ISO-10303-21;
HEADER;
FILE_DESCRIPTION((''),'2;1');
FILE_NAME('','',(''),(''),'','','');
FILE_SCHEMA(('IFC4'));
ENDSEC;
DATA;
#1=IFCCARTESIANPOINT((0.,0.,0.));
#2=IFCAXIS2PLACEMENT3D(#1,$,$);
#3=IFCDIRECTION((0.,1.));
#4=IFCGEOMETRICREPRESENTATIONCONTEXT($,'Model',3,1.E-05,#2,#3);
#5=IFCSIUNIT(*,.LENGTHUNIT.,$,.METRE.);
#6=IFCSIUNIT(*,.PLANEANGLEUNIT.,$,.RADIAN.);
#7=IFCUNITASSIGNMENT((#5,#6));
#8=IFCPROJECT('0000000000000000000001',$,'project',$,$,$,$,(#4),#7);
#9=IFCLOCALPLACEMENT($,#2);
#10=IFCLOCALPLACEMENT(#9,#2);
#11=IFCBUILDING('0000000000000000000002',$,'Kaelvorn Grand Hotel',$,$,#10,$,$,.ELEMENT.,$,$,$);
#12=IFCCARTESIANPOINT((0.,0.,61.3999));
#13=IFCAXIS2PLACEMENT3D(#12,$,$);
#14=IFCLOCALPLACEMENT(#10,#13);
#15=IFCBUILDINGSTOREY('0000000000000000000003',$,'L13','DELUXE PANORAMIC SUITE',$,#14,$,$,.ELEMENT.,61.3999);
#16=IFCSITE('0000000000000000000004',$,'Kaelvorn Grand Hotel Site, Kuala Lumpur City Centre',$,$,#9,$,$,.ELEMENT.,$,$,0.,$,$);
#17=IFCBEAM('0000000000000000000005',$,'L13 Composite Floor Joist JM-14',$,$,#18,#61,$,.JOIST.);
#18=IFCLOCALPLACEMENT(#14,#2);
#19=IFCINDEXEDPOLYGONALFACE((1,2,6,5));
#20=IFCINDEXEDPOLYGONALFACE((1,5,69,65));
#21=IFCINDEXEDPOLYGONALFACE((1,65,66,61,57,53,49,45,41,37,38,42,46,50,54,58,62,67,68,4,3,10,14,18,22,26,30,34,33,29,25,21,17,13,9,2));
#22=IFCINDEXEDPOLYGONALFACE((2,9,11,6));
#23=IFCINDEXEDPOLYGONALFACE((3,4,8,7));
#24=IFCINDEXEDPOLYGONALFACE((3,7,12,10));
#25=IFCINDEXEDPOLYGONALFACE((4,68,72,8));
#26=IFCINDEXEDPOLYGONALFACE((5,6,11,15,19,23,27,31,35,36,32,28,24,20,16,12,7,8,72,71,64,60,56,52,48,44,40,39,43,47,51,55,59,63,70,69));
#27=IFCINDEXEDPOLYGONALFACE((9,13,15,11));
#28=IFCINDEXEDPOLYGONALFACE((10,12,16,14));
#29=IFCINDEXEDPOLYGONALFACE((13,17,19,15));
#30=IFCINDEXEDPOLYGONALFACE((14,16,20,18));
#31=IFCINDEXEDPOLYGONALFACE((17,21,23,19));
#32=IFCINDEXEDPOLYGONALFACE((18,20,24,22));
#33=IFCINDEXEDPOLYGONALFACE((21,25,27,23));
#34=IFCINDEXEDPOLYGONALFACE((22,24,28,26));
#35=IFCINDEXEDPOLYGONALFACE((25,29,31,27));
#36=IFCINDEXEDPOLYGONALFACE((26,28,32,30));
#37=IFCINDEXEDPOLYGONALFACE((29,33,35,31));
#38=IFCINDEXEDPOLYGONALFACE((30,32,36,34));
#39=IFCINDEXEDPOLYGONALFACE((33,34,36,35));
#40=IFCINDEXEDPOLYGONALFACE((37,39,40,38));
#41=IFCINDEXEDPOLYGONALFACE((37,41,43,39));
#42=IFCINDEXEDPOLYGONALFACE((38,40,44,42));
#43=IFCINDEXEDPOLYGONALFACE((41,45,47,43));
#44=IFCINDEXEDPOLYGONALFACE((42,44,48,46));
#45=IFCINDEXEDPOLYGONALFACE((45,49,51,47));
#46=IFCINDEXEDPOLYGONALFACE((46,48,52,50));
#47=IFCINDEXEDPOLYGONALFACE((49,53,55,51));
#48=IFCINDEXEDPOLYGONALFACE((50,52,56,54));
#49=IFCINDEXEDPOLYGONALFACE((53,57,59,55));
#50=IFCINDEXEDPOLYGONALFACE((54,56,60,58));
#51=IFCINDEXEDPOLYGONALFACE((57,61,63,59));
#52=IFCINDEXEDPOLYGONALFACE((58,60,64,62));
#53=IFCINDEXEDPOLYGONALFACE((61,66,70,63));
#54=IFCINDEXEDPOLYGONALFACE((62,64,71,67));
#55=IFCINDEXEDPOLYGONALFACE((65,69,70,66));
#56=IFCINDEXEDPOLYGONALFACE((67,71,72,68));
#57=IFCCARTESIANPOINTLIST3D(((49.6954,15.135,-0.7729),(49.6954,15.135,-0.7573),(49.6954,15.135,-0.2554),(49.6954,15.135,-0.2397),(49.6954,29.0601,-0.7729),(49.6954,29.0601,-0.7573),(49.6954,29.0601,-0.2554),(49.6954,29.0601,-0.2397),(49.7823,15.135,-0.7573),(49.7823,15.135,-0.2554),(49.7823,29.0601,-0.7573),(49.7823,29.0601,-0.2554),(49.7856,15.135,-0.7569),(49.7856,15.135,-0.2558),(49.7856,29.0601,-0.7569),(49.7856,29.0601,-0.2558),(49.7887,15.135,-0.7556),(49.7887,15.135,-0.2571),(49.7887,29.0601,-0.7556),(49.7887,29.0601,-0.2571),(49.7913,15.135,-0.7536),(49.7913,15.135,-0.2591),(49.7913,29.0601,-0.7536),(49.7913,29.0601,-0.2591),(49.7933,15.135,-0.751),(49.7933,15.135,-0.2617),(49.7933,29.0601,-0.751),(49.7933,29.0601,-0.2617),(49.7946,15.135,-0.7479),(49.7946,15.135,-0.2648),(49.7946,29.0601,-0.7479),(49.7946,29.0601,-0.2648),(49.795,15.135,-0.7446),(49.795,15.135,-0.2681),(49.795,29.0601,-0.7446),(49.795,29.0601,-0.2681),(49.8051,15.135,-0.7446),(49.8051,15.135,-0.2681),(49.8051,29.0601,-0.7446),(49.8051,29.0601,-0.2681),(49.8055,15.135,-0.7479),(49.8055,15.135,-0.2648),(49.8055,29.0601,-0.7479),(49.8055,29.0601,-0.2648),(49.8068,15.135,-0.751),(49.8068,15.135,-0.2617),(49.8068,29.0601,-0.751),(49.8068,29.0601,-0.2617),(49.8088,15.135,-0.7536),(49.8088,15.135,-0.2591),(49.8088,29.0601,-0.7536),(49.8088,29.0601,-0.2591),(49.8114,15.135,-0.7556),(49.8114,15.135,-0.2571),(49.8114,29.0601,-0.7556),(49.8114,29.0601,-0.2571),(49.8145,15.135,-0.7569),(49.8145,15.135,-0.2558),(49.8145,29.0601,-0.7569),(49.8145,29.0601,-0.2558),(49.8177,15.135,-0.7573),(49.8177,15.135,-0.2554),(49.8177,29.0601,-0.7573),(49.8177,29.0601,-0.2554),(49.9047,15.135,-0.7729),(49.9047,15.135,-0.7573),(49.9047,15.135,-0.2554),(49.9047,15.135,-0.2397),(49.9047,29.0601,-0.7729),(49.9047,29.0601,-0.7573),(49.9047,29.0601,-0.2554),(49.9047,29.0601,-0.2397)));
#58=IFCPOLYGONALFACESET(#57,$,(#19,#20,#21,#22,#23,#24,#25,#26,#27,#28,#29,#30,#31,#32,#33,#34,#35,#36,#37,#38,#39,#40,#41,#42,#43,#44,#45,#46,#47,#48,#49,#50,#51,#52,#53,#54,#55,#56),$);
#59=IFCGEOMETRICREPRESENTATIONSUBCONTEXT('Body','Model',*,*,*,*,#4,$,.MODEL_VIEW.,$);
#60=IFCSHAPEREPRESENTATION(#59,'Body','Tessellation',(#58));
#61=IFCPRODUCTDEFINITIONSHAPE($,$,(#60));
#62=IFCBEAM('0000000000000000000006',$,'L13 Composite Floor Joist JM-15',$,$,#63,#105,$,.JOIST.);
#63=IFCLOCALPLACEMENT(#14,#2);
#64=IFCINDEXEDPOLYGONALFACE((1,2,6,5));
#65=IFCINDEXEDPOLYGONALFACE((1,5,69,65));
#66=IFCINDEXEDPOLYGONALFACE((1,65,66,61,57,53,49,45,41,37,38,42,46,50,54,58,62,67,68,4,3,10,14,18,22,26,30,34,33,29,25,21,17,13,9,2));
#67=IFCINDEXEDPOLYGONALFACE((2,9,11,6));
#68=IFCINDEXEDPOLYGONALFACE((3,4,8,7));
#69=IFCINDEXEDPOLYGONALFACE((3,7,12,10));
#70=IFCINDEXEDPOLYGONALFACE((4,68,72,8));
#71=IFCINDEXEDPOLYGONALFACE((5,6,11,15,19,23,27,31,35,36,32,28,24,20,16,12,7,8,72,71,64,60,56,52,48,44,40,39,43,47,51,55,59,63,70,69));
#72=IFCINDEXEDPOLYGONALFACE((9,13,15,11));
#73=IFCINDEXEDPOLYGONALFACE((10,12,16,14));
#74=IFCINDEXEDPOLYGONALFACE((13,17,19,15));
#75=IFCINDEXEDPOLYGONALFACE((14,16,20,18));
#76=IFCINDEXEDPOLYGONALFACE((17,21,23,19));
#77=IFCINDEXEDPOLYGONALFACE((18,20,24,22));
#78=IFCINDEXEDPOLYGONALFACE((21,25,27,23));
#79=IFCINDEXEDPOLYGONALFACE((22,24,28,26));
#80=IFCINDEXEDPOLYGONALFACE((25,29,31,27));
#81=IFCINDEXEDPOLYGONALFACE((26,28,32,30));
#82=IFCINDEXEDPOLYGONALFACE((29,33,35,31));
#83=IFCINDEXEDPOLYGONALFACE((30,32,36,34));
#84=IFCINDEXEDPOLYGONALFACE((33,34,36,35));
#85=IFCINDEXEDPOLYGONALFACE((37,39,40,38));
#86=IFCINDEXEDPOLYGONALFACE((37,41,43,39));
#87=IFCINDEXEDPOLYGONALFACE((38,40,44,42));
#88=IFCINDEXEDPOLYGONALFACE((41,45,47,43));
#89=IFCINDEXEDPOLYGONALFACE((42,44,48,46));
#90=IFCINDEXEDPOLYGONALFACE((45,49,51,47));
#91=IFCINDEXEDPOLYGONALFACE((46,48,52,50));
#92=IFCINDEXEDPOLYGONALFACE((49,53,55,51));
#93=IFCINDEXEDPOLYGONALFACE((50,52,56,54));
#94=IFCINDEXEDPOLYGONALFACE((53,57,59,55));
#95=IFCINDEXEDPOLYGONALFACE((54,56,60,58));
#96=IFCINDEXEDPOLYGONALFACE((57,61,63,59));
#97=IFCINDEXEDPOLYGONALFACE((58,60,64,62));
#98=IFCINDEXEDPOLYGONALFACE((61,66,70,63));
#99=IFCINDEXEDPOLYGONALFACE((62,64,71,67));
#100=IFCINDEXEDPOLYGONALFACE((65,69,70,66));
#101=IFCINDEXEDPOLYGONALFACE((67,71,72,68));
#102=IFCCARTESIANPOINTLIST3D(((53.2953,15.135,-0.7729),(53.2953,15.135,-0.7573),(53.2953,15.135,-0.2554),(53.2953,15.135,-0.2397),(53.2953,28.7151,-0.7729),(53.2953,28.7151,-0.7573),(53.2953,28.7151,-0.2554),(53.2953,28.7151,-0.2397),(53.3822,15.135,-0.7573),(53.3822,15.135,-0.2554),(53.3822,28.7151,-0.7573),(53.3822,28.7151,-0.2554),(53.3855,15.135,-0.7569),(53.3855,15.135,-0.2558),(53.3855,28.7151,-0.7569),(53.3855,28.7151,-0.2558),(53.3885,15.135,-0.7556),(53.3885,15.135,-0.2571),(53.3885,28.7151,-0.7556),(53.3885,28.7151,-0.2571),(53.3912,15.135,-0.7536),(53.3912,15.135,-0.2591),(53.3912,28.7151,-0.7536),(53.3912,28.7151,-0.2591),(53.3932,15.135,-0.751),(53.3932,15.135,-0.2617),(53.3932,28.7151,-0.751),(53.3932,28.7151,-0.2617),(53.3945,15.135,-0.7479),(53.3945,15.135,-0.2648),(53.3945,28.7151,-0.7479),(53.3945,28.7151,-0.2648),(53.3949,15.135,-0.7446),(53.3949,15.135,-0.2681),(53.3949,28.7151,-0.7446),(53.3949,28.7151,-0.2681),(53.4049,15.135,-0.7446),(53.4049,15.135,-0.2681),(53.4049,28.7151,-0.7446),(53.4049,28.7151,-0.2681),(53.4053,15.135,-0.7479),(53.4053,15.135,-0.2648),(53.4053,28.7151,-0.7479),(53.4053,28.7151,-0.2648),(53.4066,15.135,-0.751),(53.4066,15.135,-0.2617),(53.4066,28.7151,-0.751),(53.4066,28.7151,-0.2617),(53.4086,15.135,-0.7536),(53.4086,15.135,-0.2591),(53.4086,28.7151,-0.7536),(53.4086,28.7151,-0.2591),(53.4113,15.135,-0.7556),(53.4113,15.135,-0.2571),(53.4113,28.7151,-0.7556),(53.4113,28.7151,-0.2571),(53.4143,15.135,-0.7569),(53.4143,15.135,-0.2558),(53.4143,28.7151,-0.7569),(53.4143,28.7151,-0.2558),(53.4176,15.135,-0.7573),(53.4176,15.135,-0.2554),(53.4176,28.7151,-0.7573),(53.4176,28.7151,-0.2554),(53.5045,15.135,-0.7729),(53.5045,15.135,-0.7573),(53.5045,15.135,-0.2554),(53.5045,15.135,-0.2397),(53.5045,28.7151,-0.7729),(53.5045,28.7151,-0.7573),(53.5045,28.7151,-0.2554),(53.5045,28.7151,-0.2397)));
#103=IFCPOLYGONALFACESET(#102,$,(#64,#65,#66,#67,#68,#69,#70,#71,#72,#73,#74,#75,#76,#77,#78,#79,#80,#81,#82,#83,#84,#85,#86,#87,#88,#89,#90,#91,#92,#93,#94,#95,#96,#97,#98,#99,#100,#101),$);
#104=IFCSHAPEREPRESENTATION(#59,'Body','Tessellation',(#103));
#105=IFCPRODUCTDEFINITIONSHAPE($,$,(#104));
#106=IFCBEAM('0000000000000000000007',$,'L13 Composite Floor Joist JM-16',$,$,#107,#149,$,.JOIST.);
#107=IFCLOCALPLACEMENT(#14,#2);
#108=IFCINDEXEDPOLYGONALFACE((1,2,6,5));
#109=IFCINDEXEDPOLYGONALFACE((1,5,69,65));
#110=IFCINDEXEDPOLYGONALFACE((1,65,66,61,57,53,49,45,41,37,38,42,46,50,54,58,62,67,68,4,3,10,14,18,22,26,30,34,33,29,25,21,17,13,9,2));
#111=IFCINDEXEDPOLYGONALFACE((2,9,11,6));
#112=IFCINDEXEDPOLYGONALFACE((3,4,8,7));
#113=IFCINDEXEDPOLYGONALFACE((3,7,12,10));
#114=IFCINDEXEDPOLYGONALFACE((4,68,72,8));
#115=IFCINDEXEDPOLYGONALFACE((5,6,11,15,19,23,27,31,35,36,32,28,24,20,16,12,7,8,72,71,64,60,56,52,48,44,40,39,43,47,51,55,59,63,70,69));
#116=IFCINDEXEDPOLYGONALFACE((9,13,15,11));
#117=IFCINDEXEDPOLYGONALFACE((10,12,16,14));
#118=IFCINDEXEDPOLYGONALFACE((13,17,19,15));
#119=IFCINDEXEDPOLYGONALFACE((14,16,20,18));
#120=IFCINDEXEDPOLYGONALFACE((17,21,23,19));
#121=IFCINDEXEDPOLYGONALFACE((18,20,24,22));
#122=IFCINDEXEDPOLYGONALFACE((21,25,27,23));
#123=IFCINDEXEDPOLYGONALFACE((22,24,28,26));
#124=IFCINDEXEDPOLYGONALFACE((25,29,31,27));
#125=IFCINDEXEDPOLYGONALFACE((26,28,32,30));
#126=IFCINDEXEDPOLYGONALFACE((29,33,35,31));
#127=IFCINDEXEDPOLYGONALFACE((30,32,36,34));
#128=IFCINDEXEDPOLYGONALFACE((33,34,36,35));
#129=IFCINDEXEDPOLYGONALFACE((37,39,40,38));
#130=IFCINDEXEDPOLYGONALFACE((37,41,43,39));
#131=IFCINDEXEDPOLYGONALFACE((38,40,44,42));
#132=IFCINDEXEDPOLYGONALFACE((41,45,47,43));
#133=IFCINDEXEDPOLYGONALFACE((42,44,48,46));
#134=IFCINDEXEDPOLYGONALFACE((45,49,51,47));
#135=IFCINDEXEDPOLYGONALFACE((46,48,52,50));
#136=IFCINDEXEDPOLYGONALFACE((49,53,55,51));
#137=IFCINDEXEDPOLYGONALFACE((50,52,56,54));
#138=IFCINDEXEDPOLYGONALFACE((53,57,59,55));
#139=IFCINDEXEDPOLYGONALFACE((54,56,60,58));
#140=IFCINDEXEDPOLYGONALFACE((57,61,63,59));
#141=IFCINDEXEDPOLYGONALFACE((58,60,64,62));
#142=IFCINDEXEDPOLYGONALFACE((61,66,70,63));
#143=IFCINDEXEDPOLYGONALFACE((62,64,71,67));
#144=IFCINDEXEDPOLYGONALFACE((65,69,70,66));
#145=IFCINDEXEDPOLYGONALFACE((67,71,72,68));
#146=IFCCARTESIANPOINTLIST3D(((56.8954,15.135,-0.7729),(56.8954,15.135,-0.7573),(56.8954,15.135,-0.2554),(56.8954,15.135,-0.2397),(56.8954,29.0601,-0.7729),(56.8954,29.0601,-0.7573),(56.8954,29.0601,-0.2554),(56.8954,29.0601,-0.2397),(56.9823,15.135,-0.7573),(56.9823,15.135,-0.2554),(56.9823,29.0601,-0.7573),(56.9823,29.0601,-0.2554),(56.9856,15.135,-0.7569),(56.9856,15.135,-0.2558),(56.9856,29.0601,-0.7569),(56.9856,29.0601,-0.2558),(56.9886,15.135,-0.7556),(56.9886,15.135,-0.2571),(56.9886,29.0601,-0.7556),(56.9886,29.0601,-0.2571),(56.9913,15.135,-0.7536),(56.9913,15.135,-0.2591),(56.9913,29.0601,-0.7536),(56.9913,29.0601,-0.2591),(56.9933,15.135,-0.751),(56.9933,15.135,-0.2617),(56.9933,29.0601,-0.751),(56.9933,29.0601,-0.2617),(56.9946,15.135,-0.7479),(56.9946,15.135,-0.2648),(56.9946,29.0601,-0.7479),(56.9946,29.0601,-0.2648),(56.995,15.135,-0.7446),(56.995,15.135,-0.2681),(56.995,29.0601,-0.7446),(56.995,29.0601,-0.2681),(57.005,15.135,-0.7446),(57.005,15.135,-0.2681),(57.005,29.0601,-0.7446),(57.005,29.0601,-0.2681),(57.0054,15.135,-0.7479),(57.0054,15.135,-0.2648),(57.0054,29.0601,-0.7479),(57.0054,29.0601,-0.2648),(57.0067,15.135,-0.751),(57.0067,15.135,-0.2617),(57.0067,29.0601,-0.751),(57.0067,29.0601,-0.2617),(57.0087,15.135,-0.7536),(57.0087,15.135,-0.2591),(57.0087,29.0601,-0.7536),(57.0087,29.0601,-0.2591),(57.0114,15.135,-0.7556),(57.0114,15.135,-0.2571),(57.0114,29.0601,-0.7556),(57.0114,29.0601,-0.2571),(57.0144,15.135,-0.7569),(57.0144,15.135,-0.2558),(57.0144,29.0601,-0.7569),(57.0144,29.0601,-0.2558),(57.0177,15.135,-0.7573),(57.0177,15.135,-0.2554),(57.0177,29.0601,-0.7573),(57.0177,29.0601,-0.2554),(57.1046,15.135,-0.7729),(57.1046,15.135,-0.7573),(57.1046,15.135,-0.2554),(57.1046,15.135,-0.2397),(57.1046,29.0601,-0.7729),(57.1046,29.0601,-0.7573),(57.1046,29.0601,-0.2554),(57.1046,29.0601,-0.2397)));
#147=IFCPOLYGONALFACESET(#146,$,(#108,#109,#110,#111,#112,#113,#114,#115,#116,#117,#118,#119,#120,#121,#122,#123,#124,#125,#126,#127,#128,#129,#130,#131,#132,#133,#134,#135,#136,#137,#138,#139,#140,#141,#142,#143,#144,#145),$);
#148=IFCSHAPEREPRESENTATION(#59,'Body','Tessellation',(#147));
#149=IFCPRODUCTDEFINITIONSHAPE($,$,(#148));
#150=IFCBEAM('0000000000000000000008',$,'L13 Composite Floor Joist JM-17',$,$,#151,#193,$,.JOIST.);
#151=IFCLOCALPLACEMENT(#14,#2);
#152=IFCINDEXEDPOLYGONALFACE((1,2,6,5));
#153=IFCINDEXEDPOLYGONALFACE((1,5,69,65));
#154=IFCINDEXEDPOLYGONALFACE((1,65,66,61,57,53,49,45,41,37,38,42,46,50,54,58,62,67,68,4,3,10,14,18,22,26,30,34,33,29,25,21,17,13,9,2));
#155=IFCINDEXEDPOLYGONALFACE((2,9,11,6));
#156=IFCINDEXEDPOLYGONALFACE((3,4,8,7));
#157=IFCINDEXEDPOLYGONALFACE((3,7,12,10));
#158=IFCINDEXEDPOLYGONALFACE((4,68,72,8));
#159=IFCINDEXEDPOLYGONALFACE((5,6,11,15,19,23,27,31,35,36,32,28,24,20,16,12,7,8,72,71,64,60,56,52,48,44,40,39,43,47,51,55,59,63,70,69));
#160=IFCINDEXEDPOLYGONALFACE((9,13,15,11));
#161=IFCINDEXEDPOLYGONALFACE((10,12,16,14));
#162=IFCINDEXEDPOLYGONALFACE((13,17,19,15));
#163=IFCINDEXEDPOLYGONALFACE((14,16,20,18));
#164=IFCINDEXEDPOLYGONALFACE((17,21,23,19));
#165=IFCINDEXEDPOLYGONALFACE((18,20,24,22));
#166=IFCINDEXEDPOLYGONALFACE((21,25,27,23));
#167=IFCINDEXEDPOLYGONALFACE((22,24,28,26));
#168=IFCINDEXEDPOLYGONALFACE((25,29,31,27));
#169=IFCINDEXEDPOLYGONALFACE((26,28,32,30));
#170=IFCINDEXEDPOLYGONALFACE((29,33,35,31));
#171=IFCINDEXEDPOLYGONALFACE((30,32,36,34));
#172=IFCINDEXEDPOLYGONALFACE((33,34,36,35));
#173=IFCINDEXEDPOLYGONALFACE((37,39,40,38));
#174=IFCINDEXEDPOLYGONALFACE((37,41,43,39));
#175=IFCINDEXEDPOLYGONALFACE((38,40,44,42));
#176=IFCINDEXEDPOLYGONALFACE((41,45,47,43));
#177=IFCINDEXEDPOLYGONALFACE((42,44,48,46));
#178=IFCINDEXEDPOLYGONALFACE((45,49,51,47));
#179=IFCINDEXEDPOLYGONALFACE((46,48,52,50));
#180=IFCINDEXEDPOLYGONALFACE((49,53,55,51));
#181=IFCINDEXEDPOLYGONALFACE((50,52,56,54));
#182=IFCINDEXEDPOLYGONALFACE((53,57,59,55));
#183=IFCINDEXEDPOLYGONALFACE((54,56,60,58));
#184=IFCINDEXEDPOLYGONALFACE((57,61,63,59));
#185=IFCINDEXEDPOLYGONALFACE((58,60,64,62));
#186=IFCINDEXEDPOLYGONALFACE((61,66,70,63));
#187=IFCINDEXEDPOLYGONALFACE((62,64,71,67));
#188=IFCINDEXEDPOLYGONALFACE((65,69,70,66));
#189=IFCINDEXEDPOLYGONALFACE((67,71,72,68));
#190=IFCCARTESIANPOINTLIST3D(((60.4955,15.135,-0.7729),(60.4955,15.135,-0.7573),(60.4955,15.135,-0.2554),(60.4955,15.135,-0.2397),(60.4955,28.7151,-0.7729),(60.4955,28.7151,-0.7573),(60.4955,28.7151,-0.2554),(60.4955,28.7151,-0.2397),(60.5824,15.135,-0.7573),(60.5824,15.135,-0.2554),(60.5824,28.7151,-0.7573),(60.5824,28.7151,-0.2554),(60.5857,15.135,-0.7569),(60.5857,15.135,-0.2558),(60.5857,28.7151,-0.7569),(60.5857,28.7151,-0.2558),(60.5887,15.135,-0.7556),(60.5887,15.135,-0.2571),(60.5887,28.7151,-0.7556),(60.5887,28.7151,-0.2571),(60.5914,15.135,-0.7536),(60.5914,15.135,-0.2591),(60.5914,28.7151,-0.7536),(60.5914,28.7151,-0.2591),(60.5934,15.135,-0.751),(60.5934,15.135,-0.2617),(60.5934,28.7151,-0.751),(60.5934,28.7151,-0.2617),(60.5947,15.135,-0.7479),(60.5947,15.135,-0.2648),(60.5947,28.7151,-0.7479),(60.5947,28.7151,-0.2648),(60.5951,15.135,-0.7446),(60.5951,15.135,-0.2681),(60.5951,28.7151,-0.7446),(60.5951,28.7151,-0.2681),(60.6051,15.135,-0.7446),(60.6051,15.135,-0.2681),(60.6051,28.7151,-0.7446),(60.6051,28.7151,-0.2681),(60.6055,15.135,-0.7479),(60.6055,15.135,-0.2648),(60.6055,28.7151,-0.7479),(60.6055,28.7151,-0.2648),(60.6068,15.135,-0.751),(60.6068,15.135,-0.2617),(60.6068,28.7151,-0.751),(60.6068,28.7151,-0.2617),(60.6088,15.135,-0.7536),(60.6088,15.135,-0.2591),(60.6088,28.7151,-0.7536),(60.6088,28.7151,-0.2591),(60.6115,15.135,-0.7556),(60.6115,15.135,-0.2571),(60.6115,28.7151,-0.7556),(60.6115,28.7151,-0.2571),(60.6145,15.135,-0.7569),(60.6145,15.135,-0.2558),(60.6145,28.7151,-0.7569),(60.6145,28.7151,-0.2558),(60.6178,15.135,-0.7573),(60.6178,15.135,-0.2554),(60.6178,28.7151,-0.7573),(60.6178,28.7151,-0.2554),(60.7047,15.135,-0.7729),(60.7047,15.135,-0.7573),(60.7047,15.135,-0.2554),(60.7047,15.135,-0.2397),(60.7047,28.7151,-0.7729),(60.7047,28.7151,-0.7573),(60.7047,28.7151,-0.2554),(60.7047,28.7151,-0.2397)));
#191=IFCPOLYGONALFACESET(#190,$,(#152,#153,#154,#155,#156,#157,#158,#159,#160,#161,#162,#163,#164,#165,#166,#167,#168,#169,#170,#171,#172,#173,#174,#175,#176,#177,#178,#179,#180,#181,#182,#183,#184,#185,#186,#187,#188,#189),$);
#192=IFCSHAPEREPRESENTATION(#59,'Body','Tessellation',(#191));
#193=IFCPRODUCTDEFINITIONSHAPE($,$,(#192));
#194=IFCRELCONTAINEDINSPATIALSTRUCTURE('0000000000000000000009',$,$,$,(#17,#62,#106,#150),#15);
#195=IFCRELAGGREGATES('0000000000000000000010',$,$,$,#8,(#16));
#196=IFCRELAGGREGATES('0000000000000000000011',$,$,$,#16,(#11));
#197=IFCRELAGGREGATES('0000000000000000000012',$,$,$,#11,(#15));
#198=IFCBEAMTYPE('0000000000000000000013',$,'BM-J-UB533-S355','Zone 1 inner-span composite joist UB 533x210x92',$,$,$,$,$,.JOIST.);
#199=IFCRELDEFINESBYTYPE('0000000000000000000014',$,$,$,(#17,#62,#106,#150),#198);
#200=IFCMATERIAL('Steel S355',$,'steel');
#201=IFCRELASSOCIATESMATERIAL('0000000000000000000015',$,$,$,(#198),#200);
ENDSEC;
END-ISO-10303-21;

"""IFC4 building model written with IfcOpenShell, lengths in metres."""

from ifc_helpers import new_model, si_unit, direction, frame, origin, origin_2d, place, context, subcontext, project, spatial, i_section, extrude, material, material_profile, profile_set, type_object, element, save


model = new_model("IFC4")

# Units and contexts
model_context = context("Model", 3, precision=1e-05, world=origin(), true_north=direction((0.0, 1.0)))
body_context = subcontext(model_context, "Body", "Model", "MODEL_VIEW")
ifc_project = project(units=[si_unit("LENGTHUNIT", "METRE"), si_unit("PLANEANGLEUNIT", "RADIAN")], contexts=[model_context])

# Site, building, storey
site_placement = place(None, origin())
site = spatial("IfcSite", under=ifc_project, at=site_placement, Name="Kaelvorn Grand Hotel Site, Kuala Lumpur City Centre", CompositionType="ELEMENT", RefElevation=0.0)
building_placement = place(site_placement, origin())
building = spatial("IfcBuilding", under=site, at=building_placement, Name="Kaelvorn Grand Hotel", CompositionType="ELEMENT")
storey_placement = place(building_placement, frame((0.0, 0.0, 61.3999)))
storey = spatial("IfcBuildingStorey", under=building, at=storey_placement, Name="L13", Description="DELUXE PANORAMIC SUITE", CompositionType="ELEMENT", Elevation=61.3999)

# Beams
ifc_material_1 = material(Name="Steel S355", Category="steel")
ifc_material_profile_1 = material_profile(ifc_material_1, i_section(OverallWidth=0.2092, OverallDepth=0.5332, WebThickness=0.01, FlangeThickness=0.0156, FilletRadius=0.0127, at=origin_2d()), Name="UB 533x210x92")
ifc_profile_set_1 = profile_set([ifc_material_profile_1], Name="Steel S355")
beam_type_1 = type_object("IfcBeamType", Name="BM-J-UB533-S355", Description="Zone 1 inner-span composite joist UB 533x210x92", PredefinedType="JOIST", material=ifc_profile_set_1)
beam_1_placement = place(storey_placement, frame((49.8, 15.135, -0.5063), z_axis=(0.0, 1.0, 0.0), x_axis=(-1.0, 0.0, 0.0)))
element("IfcBeam", 1, at=beam_1_placement, inside=storey, type_object=beam_type_1, Name="L13 Composite Floor Joist JM-14", PredefinedType="JOIST", context=body_context, shape_type="SweptSolid", body=[
    extrude(i_section(OverallWidth=0.2092, OverallDepth=0.5332, WebThickness=0.01, FlangeThickness=0.0156, FilletRadius=0.0127, at=origin_2d()), origin(), (0.0, 0.0, 1.0), 13.925),
])
beam_2_placement = place(storey_placement, frame((53.3999, 15.135, -0.5063), z_axis=(0.0, 1.0, 0.0), x_axis=(-1.0, 0.0, 0.0)))
element("IfcBeam", 2, at=beam_2_placement, inside=storey, type_object=beam_type_1, Name="L13 Composite Floor Joist JM-15", PredefinedType="JOIST", context=body_context, shape_type="SweptSolid", body=[
    extrude(i_section(OverallWidth=0.2092, OverallDepth=0.5332, WebThickness=0.01, FlangeThickness=0.0156, FilletRadius=0.0127, at=origin_2d()), origin(), (0.0, 0.0, 1.0), 13.5801),
])
beam_3_placement = place(storey_placement, frame((57.0, 15.135, -0.5063), z_axis=(0.0, 1.0, 0.0), x_axis=(-1.0, 0.0, 0.0)))
element("IfcBeam", 3, at=beam_3_placement, inside=storey, type_object=beam_type_1, Name="L13 Composite Floor Joist JM-16", PredefinedType="JOIST", context=body_context, shape_type="SweptSolid", body=[
    extrude(i_section(OverallWidth=0.2092, OverallDepth=0.5332, WebThickness=0.01, FlangeThickness=0.0156, FilletRadius=0.0127, at=origin_2d()), origin(), (0.0, 0.0, 1.0), 13.925),
])
beam_4_placement = place(storey_placement, frame((60.6001, 15.135, -0.5063), z_axis=(0.0, 1.0, 0.0), x_axis=(-1.0, 0.0, 0.0)))
element("IfcBeam", 4, at=beam_4_placement, inside=storey, type_object=beam_type_1, Name="L13 Composite Floor Joist JM-17", PredefinedType="JOIST", context=body_context, shape_type="SweptSolid", body=[
    extrude(i_section(OverallWidth=0.2092, OverallDepth=0.5332, WebThickness=0.01, FlangeThickness=0.0156, FilletRadius=0.0127, at=origin_2d()), origin(), (0.0, 0.0, 1.0), 13.5801),
])

save(model, "model.ifc")
